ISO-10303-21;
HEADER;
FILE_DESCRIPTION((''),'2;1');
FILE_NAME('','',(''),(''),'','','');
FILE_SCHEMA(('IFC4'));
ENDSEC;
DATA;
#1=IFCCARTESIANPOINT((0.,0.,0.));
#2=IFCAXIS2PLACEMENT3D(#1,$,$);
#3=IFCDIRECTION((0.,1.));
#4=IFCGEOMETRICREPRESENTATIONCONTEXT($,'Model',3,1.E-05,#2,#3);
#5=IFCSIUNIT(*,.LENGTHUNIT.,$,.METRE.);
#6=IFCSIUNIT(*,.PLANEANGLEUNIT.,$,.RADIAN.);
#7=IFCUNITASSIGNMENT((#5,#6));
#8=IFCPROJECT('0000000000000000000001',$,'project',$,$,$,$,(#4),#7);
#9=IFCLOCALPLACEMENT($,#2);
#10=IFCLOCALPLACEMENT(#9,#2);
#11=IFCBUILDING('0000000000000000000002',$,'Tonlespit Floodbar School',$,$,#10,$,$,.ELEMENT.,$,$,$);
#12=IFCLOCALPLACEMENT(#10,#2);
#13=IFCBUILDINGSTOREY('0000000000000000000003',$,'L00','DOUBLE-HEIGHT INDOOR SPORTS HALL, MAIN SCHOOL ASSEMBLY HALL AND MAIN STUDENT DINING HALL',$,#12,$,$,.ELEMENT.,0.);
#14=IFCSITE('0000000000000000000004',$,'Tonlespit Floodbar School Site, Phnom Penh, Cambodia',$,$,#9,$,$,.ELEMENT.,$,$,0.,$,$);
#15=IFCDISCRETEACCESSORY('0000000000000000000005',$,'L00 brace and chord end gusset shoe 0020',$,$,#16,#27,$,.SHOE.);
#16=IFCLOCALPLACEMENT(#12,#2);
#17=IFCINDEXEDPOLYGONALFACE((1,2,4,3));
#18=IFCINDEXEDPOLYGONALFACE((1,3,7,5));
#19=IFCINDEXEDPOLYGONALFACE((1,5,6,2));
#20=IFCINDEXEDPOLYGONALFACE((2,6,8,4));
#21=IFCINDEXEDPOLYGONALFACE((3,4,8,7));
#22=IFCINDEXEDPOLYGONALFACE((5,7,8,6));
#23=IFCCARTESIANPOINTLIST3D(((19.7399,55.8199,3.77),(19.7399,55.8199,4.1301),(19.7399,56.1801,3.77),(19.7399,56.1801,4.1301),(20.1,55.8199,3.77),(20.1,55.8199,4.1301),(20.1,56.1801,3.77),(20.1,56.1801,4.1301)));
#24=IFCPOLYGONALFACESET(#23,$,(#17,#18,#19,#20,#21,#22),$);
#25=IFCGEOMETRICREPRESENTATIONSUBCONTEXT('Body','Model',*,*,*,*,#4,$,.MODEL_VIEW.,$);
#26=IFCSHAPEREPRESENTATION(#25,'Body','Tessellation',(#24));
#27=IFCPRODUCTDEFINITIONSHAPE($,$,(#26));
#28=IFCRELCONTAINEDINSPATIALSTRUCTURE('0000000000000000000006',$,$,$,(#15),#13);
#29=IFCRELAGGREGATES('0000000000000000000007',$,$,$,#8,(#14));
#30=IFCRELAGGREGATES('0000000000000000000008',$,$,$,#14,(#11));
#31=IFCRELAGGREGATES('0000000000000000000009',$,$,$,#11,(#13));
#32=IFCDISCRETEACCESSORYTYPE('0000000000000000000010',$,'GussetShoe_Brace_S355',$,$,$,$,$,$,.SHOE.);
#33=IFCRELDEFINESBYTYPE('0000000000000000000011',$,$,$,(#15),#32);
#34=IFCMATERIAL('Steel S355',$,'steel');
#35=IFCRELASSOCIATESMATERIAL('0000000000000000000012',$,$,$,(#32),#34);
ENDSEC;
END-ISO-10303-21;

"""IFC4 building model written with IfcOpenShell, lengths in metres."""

from ifc_helpers import new_model, si_unit, direction, frame, origin, origin_2d, place, context, subcontext, project, spatial, rectangle, extrude, material, type_object, element, save


model = new_model("IFC4")

# Units and contexts
model_context = context("Model", 3, precision=1e-05, world=origin(), true_north=direction((0.0, 1.0)))
body_context = subcontext(model_context, "Body", "Model", "MODEL_VIEW")
ifc_project = project(units=[si_unit("LENGTHUNIT", "METRE"), si_unit("PLANEANGLEUNIT", "RADIAN")], contexts=[model_context])

# Site, building, storey
site_placement = place(None, origin())
site = spatial("IfcSite", under=ifc_project, at=site_placement, Name="Tonlespit Floodbar School Site, Phnom Penh, Cambodia", CompositionType="ELEMENT", RefElevation=0.0)
building_placement = place(site_placement, origin())
building = spatial("IfcBuilding", under=site, at=building_placement, Name="Tonlespit Floodbar School", CompositionType="ELEMENT")
storey_placement = place(building_placement, origin())
storey = spatial("IfcBuildingStorey", under=building, at=storey_placement, Name="L00", Description="DOUBLE-HEIGHT INDOOR SPORTS HALL, MAIN SCHOOL ASSEMBLY HALL AND MAIN STUDENT DINING HALL", CompositionType="ELEMENT", Elevation=0.0)

# Discrete accessory
ifc_material_1 = material(Name="Steel S355", Category="steel")
discrete_accessory_type = type_object("IfcDiscreteAccessoryType", Name="GussetShoe_Brace_S355", PredefinedType="SHOE", material=ifc_material_1)
discrete_accessory_placement = place(storey_placement, frame((19.9199, 56.0, 3.77), z_axis=(0.0, 0.0, 1.0), x_axis=(1.0, 0.0, 0.0)))
element("IfcDiscreteAccessory", 1, at=discrete_accessory_placement, inside=storey, type_object=discrete_accessory_type, Name="L00 brace and chord end gusset shoe 0020", PredefinedType="SHOE", context=body_context, shape_type="SweptSolid", body=[
    extrude(rectangle(XDim=0.3601, YDim=0.3601, at=origin_2d()), origin(), (0.0, 0.0, 1.0), 0.3601),
])

save(model, "model.ifc")
